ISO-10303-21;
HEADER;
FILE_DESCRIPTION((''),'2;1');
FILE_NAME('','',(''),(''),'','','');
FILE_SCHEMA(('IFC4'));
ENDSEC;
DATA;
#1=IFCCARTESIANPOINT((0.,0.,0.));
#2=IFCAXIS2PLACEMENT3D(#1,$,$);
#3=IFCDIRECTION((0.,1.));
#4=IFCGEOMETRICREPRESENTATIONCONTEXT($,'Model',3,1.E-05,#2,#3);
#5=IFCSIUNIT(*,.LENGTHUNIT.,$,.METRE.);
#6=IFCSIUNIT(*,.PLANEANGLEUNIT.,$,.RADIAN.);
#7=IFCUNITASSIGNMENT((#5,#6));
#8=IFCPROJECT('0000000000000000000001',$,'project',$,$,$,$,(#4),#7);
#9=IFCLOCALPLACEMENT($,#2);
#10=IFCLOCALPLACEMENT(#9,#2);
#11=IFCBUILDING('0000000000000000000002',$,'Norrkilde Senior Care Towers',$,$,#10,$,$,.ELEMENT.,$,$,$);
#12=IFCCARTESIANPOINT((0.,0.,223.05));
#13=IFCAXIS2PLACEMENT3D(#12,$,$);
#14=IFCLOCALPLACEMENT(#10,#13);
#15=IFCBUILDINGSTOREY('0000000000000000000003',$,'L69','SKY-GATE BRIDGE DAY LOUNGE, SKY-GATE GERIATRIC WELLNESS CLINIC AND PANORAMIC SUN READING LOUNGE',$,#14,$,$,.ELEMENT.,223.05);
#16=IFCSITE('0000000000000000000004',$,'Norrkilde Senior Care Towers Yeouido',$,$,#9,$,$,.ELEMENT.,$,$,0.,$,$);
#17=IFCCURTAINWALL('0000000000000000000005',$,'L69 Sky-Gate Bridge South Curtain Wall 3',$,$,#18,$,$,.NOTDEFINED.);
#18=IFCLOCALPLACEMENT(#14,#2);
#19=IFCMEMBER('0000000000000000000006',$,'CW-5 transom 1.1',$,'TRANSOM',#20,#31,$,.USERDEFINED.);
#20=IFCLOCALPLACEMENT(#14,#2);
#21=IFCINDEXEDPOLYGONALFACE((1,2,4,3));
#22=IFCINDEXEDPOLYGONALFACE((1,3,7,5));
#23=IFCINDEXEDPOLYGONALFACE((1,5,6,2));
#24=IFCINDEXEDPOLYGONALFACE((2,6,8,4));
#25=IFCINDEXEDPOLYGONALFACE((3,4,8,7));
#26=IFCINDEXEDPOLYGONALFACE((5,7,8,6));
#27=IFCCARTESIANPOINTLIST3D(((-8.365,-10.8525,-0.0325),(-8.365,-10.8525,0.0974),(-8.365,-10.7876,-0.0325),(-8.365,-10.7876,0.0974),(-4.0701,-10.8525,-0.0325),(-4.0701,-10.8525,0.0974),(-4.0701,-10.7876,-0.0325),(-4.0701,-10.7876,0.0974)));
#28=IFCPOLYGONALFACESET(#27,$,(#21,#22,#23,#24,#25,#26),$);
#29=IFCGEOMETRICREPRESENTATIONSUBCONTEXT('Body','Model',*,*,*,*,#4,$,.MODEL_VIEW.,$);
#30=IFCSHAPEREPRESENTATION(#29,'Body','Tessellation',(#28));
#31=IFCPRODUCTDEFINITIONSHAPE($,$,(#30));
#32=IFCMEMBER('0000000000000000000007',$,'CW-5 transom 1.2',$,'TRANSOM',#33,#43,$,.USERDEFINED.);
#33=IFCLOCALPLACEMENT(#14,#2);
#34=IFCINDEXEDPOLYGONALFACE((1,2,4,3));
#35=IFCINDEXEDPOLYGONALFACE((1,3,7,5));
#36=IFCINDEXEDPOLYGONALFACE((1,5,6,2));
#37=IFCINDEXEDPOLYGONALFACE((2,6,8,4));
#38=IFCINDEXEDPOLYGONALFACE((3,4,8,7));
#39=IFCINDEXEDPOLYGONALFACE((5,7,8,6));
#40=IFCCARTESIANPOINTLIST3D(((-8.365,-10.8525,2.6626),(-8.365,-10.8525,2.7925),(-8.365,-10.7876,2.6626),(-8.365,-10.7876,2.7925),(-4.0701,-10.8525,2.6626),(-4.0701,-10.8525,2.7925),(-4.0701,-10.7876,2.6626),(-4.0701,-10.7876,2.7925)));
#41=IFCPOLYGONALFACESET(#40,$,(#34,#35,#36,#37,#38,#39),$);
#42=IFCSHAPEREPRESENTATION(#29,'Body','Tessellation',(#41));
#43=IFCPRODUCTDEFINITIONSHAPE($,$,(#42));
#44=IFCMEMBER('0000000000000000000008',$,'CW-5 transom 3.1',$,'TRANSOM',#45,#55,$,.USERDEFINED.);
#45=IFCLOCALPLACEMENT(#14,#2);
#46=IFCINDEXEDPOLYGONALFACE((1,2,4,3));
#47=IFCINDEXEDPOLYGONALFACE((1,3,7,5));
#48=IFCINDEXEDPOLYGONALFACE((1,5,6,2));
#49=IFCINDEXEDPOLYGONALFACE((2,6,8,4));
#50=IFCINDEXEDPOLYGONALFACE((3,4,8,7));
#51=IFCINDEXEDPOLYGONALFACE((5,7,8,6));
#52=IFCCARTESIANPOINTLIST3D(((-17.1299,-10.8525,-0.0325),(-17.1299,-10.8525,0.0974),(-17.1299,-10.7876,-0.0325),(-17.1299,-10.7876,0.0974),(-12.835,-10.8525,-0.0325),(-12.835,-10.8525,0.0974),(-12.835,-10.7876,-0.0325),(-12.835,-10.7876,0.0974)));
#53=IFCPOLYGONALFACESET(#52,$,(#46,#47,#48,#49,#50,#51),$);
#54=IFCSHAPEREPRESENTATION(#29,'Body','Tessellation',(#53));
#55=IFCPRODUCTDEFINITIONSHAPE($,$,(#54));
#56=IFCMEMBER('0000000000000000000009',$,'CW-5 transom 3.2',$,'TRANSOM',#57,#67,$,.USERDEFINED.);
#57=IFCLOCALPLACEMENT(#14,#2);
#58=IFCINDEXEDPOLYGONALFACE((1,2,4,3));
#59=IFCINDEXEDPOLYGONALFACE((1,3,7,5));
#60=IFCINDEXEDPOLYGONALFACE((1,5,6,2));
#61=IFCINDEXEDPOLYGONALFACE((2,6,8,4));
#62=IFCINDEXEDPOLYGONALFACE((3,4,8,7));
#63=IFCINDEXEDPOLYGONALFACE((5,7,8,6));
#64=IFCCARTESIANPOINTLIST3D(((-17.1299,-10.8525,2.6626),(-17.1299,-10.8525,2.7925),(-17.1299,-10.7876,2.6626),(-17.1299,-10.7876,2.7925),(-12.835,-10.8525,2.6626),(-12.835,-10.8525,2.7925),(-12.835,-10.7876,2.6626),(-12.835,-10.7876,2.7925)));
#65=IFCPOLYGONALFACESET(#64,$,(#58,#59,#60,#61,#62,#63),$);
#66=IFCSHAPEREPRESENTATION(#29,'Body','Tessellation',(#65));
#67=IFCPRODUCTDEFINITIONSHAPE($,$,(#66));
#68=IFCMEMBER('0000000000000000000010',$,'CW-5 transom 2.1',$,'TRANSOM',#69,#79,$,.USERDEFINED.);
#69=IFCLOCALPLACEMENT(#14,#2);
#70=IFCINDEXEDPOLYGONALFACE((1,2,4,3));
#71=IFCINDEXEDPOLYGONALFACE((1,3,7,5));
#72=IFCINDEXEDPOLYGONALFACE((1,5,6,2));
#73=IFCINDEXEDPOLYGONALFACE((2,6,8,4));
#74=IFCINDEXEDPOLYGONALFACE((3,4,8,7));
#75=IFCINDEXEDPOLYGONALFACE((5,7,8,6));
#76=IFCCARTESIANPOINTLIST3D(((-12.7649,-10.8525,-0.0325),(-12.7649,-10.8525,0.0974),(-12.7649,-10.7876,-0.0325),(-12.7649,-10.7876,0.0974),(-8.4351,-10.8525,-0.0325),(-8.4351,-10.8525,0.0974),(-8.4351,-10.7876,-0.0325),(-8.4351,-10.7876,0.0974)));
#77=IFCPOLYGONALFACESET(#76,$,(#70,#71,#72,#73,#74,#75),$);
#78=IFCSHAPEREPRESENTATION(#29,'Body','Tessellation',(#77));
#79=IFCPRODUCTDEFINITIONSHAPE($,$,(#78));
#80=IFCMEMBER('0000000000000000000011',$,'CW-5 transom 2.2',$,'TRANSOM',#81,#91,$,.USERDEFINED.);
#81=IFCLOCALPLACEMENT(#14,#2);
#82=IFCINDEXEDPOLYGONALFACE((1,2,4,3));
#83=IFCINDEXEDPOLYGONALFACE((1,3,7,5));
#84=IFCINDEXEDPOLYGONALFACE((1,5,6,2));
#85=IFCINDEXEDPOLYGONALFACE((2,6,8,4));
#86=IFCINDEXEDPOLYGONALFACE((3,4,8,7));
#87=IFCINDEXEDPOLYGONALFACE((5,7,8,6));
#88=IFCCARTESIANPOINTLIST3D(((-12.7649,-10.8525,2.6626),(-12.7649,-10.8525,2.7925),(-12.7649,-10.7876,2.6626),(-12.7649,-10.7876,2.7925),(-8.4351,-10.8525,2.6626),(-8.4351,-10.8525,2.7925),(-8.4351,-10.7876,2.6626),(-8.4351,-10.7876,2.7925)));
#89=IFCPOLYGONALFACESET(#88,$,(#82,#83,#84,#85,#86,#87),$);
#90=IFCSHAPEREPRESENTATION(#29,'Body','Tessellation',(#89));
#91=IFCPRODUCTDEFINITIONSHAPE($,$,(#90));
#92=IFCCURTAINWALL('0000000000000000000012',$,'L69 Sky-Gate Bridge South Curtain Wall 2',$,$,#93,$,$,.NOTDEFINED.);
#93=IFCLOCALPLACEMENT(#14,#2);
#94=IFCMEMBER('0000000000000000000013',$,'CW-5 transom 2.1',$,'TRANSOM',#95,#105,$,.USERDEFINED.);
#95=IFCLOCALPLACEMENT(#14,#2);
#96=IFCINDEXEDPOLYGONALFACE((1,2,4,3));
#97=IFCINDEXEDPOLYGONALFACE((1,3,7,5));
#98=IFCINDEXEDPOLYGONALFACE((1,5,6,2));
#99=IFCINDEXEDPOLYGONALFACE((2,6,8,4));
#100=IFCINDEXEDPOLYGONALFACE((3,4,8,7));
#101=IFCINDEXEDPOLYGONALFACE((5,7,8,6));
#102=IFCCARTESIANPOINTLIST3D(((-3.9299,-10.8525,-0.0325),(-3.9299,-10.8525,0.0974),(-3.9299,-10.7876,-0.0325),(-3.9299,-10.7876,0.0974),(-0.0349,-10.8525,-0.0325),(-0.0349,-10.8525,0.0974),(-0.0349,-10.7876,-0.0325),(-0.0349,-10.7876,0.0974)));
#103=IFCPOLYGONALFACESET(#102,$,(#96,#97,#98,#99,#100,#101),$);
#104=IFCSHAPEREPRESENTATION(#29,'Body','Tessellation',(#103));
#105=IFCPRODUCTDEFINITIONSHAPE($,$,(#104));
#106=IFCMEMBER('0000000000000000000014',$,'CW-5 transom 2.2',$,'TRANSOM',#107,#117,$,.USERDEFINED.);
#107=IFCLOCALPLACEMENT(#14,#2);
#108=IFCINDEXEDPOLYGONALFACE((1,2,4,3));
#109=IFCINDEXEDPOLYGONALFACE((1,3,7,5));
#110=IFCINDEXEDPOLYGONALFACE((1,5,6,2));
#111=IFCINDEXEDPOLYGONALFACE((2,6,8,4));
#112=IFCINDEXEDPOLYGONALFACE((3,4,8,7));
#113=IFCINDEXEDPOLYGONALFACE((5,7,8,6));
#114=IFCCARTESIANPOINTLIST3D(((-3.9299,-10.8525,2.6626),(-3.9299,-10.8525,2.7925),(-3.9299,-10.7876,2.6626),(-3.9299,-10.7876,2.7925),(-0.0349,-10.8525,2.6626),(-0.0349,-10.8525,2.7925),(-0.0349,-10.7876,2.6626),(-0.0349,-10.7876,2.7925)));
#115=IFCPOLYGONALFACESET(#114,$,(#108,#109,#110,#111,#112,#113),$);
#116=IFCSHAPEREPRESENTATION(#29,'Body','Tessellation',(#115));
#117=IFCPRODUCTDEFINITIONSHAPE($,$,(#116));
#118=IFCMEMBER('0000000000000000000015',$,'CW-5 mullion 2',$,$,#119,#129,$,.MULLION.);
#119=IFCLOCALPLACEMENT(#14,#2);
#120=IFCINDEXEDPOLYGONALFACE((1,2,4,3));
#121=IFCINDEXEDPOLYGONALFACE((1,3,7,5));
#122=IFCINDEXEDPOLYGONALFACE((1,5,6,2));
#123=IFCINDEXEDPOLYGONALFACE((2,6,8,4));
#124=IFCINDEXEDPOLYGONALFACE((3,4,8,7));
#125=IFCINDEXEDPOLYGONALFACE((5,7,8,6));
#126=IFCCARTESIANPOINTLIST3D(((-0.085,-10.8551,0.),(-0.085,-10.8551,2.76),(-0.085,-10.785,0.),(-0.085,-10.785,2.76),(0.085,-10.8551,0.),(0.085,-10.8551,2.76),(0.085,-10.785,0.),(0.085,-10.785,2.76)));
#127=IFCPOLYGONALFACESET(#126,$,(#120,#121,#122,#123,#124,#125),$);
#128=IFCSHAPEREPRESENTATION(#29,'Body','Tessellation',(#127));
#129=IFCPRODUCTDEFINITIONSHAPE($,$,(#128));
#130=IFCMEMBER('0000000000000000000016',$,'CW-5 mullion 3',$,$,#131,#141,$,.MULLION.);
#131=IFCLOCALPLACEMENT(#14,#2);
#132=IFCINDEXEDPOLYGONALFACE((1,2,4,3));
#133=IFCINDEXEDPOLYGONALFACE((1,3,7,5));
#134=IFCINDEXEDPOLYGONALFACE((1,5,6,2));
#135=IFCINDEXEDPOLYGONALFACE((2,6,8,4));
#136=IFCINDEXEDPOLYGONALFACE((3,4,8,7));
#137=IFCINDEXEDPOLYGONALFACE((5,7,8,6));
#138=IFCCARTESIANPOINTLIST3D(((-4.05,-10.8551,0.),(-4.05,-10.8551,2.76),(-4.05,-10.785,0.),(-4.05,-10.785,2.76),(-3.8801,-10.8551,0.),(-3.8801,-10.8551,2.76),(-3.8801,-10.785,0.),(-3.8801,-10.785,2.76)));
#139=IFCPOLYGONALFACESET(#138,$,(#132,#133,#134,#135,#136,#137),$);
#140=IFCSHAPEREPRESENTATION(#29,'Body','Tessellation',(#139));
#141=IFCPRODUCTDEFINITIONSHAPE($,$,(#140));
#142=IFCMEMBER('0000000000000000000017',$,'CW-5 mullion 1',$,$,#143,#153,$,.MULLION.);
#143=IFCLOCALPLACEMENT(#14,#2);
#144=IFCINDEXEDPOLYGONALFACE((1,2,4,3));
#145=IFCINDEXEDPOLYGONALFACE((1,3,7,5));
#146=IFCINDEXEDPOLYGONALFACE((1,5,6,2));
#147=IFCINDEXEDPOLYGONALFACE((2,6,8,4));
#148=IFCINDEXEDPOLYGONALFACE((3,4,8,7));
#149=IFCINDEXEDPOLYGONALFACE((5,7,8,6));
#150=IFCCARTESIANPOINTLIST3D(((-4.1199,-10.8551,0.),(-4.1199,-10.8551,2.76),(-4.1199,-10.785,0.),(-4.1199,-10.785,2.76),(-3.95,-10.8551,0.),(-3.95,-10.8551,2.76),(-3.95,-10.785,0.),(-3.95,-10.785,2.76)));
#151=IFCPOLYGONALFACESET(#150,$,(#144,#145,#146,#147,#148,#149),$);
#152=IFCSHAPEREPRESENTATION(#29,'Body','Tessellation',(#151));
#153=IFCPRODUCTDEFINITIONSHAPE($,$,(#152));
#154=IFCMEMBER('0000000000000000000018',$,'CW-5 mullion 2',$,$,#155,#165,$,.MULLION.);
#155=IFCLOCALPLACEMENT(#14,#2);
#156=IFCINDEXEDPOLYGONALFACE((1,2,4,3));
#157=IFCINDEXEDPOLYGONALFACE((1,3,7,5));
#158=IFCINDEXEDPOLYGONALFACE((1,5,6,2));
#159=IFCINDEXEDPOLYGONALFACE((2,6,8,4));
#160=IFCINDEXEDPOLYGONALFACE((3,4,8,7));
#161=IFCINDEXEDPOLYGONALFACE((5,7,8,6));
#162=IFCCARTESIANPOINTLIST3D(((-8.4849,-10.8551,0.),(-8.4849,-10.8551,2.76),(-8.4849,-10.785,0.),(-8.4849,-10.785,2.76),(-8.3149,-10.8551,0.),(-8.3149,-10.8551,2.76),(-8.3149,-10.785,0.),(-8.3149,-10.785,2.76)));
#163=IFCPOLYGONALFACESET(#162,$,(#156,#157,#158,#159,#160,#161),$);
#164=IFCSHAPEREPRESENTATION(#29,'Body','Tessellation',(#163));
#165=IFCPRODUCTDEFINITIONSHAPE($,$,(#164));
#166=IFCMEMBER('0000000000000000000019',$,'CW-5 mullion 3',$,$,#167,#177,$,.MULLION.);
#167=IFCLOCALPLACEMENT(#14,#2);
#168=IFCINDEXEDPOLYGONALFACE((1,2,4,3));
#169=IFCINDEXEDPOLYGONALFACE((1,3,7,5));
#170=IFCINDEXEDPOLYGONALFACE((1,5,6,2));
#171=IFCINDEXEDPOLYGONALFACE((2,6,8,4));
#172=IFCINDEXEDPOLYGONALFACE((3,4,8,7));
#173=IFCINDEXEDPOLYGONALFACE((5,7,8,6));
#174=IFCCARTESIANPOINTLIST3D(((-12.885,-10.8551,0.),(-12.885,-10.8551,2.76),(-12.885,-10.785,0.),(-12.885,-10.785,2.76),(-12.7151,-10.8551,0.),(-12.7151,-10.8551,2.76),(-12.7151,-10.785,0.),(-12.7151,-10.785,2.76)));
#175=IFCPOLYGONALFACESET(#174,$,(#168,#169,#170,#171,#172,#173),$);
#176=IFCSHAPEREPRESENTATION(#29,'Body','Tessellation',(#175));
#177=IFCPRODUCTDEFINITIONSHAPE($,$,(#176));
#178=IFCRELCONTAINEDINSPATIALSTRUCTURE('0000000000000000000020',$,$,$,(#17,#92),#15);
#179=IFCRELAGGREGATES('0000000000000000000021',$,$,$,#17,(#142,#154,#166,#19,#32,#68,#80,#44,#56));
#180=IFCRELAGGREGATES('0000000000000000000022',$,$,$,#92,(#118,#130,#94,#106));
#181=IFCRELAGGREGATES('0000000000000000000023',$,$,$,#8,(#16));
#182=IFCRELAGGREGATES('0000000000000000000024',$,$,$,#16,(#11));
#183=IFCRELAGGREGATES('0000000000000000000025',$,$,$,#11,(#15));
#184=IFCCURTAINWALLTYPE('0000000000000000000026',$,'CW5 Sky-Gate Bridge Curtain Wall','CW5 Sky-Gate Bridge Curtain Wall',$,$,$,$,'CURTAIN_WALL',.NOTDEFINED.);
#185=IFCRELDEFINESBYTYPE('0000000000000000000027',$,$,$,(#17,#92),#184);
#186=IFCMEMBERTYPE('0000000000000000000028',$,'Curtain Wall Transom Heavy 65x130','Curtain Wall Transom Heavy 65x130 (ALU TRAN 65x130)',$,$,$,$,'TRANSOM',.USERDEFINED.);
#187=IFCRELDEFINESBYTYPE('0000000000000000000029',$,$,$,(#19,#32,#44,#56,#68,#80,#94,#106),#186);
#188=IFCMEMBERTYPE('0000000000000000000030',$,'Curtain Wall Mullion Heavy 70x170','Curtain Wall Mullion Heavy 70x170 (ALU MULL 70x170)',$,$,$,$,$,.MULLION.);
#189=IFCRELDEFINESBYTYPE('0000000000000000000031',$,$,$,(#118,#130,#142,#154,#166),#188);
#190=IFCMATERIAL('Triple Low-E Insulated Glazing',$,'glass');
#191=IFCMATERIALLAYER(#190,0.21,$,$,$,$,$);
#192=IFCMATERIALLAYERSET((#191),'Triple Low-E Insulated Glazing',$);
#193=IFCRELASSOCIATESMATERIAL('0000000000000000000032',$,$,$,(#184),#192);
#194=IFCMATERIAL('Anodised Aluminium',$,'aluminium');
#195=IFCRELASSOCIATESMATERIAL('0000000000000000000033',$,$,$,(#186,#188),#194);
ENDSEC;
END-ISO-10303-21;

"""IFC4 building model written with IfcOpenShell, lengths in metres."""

from ifc_helpers import new_model, si_unit, direction, frame, origin, origin_2d, place, context, subcontext, project, spatial, rectangle, extrude, source, transform, mapped, material, layer, layer_set, material_profile, profile_set, type_object, type_shapes, element, aggregate, save


model = new_model("IFC4")

# Units and contexts
model_context = context("Model", 3, precision=1e-05, world=origin(), true_north=direction((0.0, 1.0)))
body_context = subcontext(model_context, "Body", "Model", "MODEL_VIEW")
ifc_project = project(units=[si_unit("LENGTHUNIT", "METRE"), si_unit("PLANEANGLEUNIT", "RADIAN")], contexts=[model_context])

# Site, building, storey
site_placement = place(None, origin())
site = spatial("IfcSite", under=ifc_project, at=site_placement, Name="Norrkilde Senior Care Towers Yeouido", CompositionType="ELEMENT", RefElevation=0.0)
building_placement = place(site_placement, origin())
building = spatial("IfcBuilding", under=site, at=building_placement, Name="Norrkilde Senior Care Towers", CompositionType="ELEMENT")
storey_placement = place(building_placement, frame((0.0, 0.0, 223.05)))
storey = spatial("IfcBuildingStorey", under=building, at=storey_placement, Name="L69", Description="SKY-GATE BRIDGE DAY LOUNGE, SKY-GATE GERIATRIC WELLNESS CLINIC AND PANORAMIC SUN READING LOUNGE", CompositionType="ELEMENT", Elevation=223.05)

# Curtain walls, members
ifc_material_1 = material(Name="Triple Low-E Insulated Glazing", Category="glass")
ifc_layer_1 = layer(ifc_material_1, 0.21)
ifc_layer_set_1 = layer_set([ifc_layer_1], Name="Triple Low-E Insulated Glazing")
curtain_wall_type = type_object("IfcCurtainWallType", Name="CW5 Sky-Gate Bridge Curtain Wall", Description="CW5 Sky-Gate Bridge Curtain Wall", ElementType="CURTAIN_WALL", PredefinedType="NOTDEFINED", material=ifc_layer_set_1)
curtain_wall_1_placement = place(storey_placement, origin())
curtain_wall_1 = element("IfcCurtainWall", 1, at=curtain_wall_1_placement, inside=storey, type_object=curtain_wall_type, Name="L69 Sky-Gate Bridge South Curtain Wall 3", PredefinedType="NOTDEFINED")
ifc_material_2 = material(Name="Anodised Aluminium", Category="aluminium")
ifc_material_profile_1 = material_profile(ifc_material_2, rectangle(XDim=0.0649, YDim=0.1299, at=origin_2d()), Name="ALU TRAN 65x130")
ifc_profile_set_1 = profile_set([ifc_material_profile_1], Name="Anodised Aluminium")
member_type_1 = type_object("IfcMemberType", Name="Curtain Wall Transom Heavy 65x130", Description="Curtain Wall Transom Heavy 65x130 (ALU TRAN 65x130)", ElementType="TRANSOM", PredefinedType="USERDEFINED", material=ifc_profile_set_1)
shared_shape_1 = source(origin(), body_context, "Body", "SweptSolid", [
    extrude(rectangle(XDim=0.0649, YDim=0.1299, at=origin_2d()), origin(), (0.0, 0.0, 1.0), 4.2949),
])
member_1_placement = place(storey_placement, frame((-4.0701, -10.8201, 0.0325), z_axis=(-1.0, 0.0, 0.0), x_axis=(0.0, -1.0, 0.0)))
member_1 = element("IfcMember", 2, at=member_1_placement, type_object=member_type_1, Name="CW-5 transom 1.1", ObjectType="TRANSOM", PredefinedType="USERDEFINED", context=body_context, shape_type="MappedRepresentation", body=[
    mapped(shared_shape_1, transform((0.0, 0.0, 0.0), x_axis=(1.0, 0.0, 0.0), y_axis=(0.0, 1.0, 0.0), z_axis=(0.0, 0.0, 1.0), scale=1.0)),
])
member_2_placement = place(storey_placement, frame((-4.0701, -10.8201, 2.7275), z_axis=(-1.0, 0.0, 0.0), x_axis=(0.0, -1.0, 0.0)))
member_2 = element("IfcMember", 3, at=member_2_placement, type_object=member_type_1, Name="CW-5 transom 1.2", ObjectType="TRANSOM", PredefinedType="USERDEFINED", context=body_context, shape_type="MappedRepresentation", body=[
    mapped(shared_shape_1, transform((0.0, 0.0, 0.0), x_axis=(1.0, 0.0, 0.0), y_axis=(0.0, 1.0, 0.0), z_axis=(0.0, 0.0, 1.0), scale=1.0)),
])
member_3_placement = place(storey_placement, frame((-12.835, -10.8201, 0.0325), z_axis=(-1.0, 0.0, 0.0), x_axis=(0.0, -1.0, 0.0)))
member_3 = element("IfcMember", 4, at=member_3_placement, type_object=member_type_1, Name="CW-5 transom 3.1", ObjectType="TRANSOM", PredefinedType="USERDEFINED", context=body_context, shape_type="MappedRepresentation", body=[
    mapped(shared_shape_1, transform((0.0, 0.0, 0.0), x_axis=(1.0, 0.0, 0.0), y_axis=(0.0, 1.0, 0.0), z_axis=(0.0, 0.0, 1.0), scale=1.0)),
])
member_4_placement = place(storey_placement, frame((-12.835, -10.8201, 2.7275), z_axis=(-1.0, 0.0, 0.0), x_axis=(0.0, -1.0, 0.0)))
member_4 = element("IfcMember", 5, at=member_4_placement, type_object=member_type_1, Name="CW-5 transom 3.2", ObjectType="TRANSOM", PredefinedType="USERDEFINED", context=body_context, shape_type="MappedRepresentation", body=[
    mapped(shared_shape_1, transform((0.0, 0.0, 0.0), x_axis=(1.0, 0.0, 0.0), y_axis=(0.0, 1.0, 0.0), z_axis=(0.0, 0.0, 1.0), scale=1.0)),
])
shared_shape_2 = source(origin(), body_context, "Body", "SweptSolid", [
    extrude(rectangle(XDim=0.0649, YDim=0.1299, at=origin_2d()), origin(), (0.0, 0.0, 1.0), 4.3298),
])
member_5_placement = place(storey_placement, frame((-8.4351, -10.8201, 0.0325), z_axis=(-1.0, 0.0, 0.0), x_axis=(0.0, -1.0, 0.0)))
member_5 = element("IfcMember", 6, at=member_5_placement, type_object=member_type_1, Name="CW-5 transom 2.1", ObjectType="TRANSOM", PredefinedType="USERDEFINED", context=body_context, shape_type="MappedRepresentation", body=[
    mapped(shared_shape_2, transform((0.0, 0.0, 0.0), x_axis=(1.0, 0.0, 0.0), y_axis=(0.0, 1.0, 0.0), z_axis=(0.0, 0.0, 1.0), scale=1.0)),
])
member_6_placement = place(storey_placement, frame((-8.4351, -10.8201, 2.7275), z_axis=(-1.0, 0.0, 0.0), x_axis=(0.0, -1.0, 0.0)))
member_6 = element("IfcMember", 7, at=member_6_placement, type_object=member_type_1, Name="CW-5 transom 2.2", ObjectType="TRANSOM", PredefinedType="USERDEFINED", context=body_context, shape_type="MappedRepresentation", body=[
    mapped(shared_shape_2, transform((0.0, 0.0, 0.0), x_axis=(1.0, 0.0, 0.0), y_axis=(0.0, 1.0, 0.0), z_axis=(0.0, 0.0, 1.0), scale=1.0)),
])
curtain_wall_2_placement = place(storey_placement, origin())
curtain_wall_2 = element("IfcCurtainWall", 8, at=curtain_wall_2_placement, inside=storey, type_object=curtain_wall_type, Name="L69 Sky-Gate Bridge South Curtain Wall 2", PredefinedType="NOTDEFINED")
shared_shape_3 = source(origin(), body_context, "Body", "SweptSolid", [
    extrude(rectangle(XDim=0.0649, YDim=0.1299, at=origin_2d()), origin(), (0.0, 0.0, 1.0), 3.895),
])
type_shapes(member_type_1, [shared_shape_1, shared_shape_2, shared_shape_3])
member_7_placement = place(storey_placement, frame((-0.0349, -10.8201, 0.0325), z_axis=(-1.0, 0.0, 0.0), x_axis=(0.0, -1.0, 0.0)))
member_7 = element("IfcMember", 9, at=member_7_placement, type_object=member_type_1, Name="CW-5 transom 2.1", ObjectType="TRANSOM", PredefinedType="USERDEFINED", context=body_context, shape_type="MappedRepresentation", body=[
    mapped(shared_shape_3, transform((0.0, 0.0, 0.0), x_axis=(1.0, 0.0, 0.0), y_axis=(0.0, 1.0, 0.0), z_axis=(0.0, 0.0, 1.0), scale=1.0)),
])
member_8_placement = place(storey_placement, frame((-0.0349, -10.8201, 2.7275), z_axis=(-1.0, 0.0, 0.0), x_axis=(0.0, -1.0, 0.0)))
member_8 = element("IfcMember", 10, at=member_8_placement, type_object=member_type_1, Name="CW-5 transom 2.2", ObjectType="TRANSOM", PredefinedType="USERDEFINED", context=body_context, shape_type="MappedRepresentation", body=[
    mapped(shared_shape_3, transform((0.0, 0.0, 0.0), x_axis=(1.0, 0.0, 0.0), y_axis=(0.0, 1.0, 0.0), z_axis=(0.0, 0.0, 1.0), scale=1.0)),
])
ifc_material_profile_2 = material_profile(ifc_material_2, rectangle(XDim=0.0701, YDim=0.1699, at=origin_2d()), Name="ALU MULL 70x170")
ifc_profile_set_2 = profile_set([ifc_material_profile_2], Name="Anodised Aluminium")
member_type_2 = type_object("IfcMemberType", Name="Curtain Wall Mullion Heavy 70x170", Description="Curtain Wall Mullion Heavy 70x170 (ALU MULL 70x170)", PredefinedType="MULLION", material=ifc_profile_set_2)
shared_shape_4 = source(origin(), body_context, "Body", "SweptSolid", [
    extrude(rectangle(XDim=0.0701, YDim=0.1699, at=origin_2d()), origin(), (0.0, 0.0, 1.0), 2.76),
])
type_shapes(member_type_2, [shared_shape_4])
member_9_placement = place(storey_placement, frame((0.0, -10.8201, 0.0), z_axis=(0.0, 0.0, 1.0), x_axis=(0.0, -1.0, 0.0)))
member_9 = element("IfcMember", 11, at=member_9_placement, type_object=member_type_2, Name="CW-5 mullion 2", PredefinedType="MULLION", context=body_context, shape_type="MappedRepresentation", body=[
    mapped(shared_shape_4, transform((0.0, 0.0, 0.0), x_axis=(1.0, 0.0, 0.0), y_axis=(0.0, 1.0, 0.0), z_axis=(0.0, 0.0, 1.0), scale=1.0)),
])
member_10_placement = place(storey_placement, frame((-3.9651, -10.8201, 0.0), z_axis=(0.0, 0.0, 1.0), x_axis=(0.0, -1.0, 0.0)))
member_10 = element("IfcMember", 12, at=member_10_placement, type_object=member_type_2, Name="CW-5 mullion 3", PredefinedType="MULLION", context=body_context, shape_type="MappedRepresentation", body=[
    mapped(shared_shape_4, transform((0.0, 0.0, 0.0), x_axis=(1.0, 0.0, 0.0), y_axis=(0.0, 1.0, 0.0), z_axis=(0.0, 0.0, 1.0), scale=1.0)),
])

# Members
member_11_placement = place(storey_placement, frame((-4.0349, -10.8201, 0.0), z_axis=(0.0, 0.0, 1.0), x_axis=(0.0, -1.0, 0.0)))
member_11 = element("IfcMember", 13, at=member_11_placement, type_object=member_type_2, Name="CW-5 mullion 1", PredefinedType="MULLION", context=body_context, shape_type="MappedRepresentation", body=[
    mapped(shared_shape_4, transform((0.0, 0.0, 0.0), x_axis=(1.0, 0.0, 0.0), y_axis=(0.0, 1.0, 0.0), z_axis=(0.0, 0.0, 1.0), scale=1.0)),
])
member_12_placement = place(storey_placement, frame((-8.3999, -10.8201, 0.0), z_axis=(0.0, 0.0, 1.0), x_axis=(0.0, -1.0, 0.0)))
member_12 = element("IfcMember", 14, at=member_12_placement, type_object=member_type_2, Name="CW-5 mullion 2", PredefinedType="MULLION", context=body_context, shape_type="MappedRepresentation", body=[
    mapped(shared_shape_4, transform((0.0, 0.0, 0.0), x_axis=(1.0, 0.0, 0.0), y_axis=(0.0, 1.0, 0.0), z_axis=(0.0, 0.0, 1.0), scale=1.0)),
])
member_13_placement = place(storey_placement, frame((-12.8, -10.8201, 0.0), z_axis=(0.0, 0.0, 1.0), x_axis=(0.0, -1.0, 0.0)))
member_13 = element("IfcMember", 15, at=member_13_placement, type_object=member_type_2, Name="CW-5 mullion 3", PredefinedType="MULLION", context=body_context, shape_type="MappedRepresentation", body=[
    mapped(shared_shape_4, transform((0.0, 0.0, 0.0), x_axis=(1.0, 0.0, 0.0), y_axis=(0.0, 1.0, 0.0), z_axis=(0.0, 0.0, 1.0), scale=1.0)),
])

aggregate(curtain_wall_1, [member_11, member_12, member_13, member_1, member_2, member_5, member_6, member_3, member_4])
aggregate(curtain_wall_2, [member_9, member_10, member_7, member_8])

save(model, "model.ifc")
